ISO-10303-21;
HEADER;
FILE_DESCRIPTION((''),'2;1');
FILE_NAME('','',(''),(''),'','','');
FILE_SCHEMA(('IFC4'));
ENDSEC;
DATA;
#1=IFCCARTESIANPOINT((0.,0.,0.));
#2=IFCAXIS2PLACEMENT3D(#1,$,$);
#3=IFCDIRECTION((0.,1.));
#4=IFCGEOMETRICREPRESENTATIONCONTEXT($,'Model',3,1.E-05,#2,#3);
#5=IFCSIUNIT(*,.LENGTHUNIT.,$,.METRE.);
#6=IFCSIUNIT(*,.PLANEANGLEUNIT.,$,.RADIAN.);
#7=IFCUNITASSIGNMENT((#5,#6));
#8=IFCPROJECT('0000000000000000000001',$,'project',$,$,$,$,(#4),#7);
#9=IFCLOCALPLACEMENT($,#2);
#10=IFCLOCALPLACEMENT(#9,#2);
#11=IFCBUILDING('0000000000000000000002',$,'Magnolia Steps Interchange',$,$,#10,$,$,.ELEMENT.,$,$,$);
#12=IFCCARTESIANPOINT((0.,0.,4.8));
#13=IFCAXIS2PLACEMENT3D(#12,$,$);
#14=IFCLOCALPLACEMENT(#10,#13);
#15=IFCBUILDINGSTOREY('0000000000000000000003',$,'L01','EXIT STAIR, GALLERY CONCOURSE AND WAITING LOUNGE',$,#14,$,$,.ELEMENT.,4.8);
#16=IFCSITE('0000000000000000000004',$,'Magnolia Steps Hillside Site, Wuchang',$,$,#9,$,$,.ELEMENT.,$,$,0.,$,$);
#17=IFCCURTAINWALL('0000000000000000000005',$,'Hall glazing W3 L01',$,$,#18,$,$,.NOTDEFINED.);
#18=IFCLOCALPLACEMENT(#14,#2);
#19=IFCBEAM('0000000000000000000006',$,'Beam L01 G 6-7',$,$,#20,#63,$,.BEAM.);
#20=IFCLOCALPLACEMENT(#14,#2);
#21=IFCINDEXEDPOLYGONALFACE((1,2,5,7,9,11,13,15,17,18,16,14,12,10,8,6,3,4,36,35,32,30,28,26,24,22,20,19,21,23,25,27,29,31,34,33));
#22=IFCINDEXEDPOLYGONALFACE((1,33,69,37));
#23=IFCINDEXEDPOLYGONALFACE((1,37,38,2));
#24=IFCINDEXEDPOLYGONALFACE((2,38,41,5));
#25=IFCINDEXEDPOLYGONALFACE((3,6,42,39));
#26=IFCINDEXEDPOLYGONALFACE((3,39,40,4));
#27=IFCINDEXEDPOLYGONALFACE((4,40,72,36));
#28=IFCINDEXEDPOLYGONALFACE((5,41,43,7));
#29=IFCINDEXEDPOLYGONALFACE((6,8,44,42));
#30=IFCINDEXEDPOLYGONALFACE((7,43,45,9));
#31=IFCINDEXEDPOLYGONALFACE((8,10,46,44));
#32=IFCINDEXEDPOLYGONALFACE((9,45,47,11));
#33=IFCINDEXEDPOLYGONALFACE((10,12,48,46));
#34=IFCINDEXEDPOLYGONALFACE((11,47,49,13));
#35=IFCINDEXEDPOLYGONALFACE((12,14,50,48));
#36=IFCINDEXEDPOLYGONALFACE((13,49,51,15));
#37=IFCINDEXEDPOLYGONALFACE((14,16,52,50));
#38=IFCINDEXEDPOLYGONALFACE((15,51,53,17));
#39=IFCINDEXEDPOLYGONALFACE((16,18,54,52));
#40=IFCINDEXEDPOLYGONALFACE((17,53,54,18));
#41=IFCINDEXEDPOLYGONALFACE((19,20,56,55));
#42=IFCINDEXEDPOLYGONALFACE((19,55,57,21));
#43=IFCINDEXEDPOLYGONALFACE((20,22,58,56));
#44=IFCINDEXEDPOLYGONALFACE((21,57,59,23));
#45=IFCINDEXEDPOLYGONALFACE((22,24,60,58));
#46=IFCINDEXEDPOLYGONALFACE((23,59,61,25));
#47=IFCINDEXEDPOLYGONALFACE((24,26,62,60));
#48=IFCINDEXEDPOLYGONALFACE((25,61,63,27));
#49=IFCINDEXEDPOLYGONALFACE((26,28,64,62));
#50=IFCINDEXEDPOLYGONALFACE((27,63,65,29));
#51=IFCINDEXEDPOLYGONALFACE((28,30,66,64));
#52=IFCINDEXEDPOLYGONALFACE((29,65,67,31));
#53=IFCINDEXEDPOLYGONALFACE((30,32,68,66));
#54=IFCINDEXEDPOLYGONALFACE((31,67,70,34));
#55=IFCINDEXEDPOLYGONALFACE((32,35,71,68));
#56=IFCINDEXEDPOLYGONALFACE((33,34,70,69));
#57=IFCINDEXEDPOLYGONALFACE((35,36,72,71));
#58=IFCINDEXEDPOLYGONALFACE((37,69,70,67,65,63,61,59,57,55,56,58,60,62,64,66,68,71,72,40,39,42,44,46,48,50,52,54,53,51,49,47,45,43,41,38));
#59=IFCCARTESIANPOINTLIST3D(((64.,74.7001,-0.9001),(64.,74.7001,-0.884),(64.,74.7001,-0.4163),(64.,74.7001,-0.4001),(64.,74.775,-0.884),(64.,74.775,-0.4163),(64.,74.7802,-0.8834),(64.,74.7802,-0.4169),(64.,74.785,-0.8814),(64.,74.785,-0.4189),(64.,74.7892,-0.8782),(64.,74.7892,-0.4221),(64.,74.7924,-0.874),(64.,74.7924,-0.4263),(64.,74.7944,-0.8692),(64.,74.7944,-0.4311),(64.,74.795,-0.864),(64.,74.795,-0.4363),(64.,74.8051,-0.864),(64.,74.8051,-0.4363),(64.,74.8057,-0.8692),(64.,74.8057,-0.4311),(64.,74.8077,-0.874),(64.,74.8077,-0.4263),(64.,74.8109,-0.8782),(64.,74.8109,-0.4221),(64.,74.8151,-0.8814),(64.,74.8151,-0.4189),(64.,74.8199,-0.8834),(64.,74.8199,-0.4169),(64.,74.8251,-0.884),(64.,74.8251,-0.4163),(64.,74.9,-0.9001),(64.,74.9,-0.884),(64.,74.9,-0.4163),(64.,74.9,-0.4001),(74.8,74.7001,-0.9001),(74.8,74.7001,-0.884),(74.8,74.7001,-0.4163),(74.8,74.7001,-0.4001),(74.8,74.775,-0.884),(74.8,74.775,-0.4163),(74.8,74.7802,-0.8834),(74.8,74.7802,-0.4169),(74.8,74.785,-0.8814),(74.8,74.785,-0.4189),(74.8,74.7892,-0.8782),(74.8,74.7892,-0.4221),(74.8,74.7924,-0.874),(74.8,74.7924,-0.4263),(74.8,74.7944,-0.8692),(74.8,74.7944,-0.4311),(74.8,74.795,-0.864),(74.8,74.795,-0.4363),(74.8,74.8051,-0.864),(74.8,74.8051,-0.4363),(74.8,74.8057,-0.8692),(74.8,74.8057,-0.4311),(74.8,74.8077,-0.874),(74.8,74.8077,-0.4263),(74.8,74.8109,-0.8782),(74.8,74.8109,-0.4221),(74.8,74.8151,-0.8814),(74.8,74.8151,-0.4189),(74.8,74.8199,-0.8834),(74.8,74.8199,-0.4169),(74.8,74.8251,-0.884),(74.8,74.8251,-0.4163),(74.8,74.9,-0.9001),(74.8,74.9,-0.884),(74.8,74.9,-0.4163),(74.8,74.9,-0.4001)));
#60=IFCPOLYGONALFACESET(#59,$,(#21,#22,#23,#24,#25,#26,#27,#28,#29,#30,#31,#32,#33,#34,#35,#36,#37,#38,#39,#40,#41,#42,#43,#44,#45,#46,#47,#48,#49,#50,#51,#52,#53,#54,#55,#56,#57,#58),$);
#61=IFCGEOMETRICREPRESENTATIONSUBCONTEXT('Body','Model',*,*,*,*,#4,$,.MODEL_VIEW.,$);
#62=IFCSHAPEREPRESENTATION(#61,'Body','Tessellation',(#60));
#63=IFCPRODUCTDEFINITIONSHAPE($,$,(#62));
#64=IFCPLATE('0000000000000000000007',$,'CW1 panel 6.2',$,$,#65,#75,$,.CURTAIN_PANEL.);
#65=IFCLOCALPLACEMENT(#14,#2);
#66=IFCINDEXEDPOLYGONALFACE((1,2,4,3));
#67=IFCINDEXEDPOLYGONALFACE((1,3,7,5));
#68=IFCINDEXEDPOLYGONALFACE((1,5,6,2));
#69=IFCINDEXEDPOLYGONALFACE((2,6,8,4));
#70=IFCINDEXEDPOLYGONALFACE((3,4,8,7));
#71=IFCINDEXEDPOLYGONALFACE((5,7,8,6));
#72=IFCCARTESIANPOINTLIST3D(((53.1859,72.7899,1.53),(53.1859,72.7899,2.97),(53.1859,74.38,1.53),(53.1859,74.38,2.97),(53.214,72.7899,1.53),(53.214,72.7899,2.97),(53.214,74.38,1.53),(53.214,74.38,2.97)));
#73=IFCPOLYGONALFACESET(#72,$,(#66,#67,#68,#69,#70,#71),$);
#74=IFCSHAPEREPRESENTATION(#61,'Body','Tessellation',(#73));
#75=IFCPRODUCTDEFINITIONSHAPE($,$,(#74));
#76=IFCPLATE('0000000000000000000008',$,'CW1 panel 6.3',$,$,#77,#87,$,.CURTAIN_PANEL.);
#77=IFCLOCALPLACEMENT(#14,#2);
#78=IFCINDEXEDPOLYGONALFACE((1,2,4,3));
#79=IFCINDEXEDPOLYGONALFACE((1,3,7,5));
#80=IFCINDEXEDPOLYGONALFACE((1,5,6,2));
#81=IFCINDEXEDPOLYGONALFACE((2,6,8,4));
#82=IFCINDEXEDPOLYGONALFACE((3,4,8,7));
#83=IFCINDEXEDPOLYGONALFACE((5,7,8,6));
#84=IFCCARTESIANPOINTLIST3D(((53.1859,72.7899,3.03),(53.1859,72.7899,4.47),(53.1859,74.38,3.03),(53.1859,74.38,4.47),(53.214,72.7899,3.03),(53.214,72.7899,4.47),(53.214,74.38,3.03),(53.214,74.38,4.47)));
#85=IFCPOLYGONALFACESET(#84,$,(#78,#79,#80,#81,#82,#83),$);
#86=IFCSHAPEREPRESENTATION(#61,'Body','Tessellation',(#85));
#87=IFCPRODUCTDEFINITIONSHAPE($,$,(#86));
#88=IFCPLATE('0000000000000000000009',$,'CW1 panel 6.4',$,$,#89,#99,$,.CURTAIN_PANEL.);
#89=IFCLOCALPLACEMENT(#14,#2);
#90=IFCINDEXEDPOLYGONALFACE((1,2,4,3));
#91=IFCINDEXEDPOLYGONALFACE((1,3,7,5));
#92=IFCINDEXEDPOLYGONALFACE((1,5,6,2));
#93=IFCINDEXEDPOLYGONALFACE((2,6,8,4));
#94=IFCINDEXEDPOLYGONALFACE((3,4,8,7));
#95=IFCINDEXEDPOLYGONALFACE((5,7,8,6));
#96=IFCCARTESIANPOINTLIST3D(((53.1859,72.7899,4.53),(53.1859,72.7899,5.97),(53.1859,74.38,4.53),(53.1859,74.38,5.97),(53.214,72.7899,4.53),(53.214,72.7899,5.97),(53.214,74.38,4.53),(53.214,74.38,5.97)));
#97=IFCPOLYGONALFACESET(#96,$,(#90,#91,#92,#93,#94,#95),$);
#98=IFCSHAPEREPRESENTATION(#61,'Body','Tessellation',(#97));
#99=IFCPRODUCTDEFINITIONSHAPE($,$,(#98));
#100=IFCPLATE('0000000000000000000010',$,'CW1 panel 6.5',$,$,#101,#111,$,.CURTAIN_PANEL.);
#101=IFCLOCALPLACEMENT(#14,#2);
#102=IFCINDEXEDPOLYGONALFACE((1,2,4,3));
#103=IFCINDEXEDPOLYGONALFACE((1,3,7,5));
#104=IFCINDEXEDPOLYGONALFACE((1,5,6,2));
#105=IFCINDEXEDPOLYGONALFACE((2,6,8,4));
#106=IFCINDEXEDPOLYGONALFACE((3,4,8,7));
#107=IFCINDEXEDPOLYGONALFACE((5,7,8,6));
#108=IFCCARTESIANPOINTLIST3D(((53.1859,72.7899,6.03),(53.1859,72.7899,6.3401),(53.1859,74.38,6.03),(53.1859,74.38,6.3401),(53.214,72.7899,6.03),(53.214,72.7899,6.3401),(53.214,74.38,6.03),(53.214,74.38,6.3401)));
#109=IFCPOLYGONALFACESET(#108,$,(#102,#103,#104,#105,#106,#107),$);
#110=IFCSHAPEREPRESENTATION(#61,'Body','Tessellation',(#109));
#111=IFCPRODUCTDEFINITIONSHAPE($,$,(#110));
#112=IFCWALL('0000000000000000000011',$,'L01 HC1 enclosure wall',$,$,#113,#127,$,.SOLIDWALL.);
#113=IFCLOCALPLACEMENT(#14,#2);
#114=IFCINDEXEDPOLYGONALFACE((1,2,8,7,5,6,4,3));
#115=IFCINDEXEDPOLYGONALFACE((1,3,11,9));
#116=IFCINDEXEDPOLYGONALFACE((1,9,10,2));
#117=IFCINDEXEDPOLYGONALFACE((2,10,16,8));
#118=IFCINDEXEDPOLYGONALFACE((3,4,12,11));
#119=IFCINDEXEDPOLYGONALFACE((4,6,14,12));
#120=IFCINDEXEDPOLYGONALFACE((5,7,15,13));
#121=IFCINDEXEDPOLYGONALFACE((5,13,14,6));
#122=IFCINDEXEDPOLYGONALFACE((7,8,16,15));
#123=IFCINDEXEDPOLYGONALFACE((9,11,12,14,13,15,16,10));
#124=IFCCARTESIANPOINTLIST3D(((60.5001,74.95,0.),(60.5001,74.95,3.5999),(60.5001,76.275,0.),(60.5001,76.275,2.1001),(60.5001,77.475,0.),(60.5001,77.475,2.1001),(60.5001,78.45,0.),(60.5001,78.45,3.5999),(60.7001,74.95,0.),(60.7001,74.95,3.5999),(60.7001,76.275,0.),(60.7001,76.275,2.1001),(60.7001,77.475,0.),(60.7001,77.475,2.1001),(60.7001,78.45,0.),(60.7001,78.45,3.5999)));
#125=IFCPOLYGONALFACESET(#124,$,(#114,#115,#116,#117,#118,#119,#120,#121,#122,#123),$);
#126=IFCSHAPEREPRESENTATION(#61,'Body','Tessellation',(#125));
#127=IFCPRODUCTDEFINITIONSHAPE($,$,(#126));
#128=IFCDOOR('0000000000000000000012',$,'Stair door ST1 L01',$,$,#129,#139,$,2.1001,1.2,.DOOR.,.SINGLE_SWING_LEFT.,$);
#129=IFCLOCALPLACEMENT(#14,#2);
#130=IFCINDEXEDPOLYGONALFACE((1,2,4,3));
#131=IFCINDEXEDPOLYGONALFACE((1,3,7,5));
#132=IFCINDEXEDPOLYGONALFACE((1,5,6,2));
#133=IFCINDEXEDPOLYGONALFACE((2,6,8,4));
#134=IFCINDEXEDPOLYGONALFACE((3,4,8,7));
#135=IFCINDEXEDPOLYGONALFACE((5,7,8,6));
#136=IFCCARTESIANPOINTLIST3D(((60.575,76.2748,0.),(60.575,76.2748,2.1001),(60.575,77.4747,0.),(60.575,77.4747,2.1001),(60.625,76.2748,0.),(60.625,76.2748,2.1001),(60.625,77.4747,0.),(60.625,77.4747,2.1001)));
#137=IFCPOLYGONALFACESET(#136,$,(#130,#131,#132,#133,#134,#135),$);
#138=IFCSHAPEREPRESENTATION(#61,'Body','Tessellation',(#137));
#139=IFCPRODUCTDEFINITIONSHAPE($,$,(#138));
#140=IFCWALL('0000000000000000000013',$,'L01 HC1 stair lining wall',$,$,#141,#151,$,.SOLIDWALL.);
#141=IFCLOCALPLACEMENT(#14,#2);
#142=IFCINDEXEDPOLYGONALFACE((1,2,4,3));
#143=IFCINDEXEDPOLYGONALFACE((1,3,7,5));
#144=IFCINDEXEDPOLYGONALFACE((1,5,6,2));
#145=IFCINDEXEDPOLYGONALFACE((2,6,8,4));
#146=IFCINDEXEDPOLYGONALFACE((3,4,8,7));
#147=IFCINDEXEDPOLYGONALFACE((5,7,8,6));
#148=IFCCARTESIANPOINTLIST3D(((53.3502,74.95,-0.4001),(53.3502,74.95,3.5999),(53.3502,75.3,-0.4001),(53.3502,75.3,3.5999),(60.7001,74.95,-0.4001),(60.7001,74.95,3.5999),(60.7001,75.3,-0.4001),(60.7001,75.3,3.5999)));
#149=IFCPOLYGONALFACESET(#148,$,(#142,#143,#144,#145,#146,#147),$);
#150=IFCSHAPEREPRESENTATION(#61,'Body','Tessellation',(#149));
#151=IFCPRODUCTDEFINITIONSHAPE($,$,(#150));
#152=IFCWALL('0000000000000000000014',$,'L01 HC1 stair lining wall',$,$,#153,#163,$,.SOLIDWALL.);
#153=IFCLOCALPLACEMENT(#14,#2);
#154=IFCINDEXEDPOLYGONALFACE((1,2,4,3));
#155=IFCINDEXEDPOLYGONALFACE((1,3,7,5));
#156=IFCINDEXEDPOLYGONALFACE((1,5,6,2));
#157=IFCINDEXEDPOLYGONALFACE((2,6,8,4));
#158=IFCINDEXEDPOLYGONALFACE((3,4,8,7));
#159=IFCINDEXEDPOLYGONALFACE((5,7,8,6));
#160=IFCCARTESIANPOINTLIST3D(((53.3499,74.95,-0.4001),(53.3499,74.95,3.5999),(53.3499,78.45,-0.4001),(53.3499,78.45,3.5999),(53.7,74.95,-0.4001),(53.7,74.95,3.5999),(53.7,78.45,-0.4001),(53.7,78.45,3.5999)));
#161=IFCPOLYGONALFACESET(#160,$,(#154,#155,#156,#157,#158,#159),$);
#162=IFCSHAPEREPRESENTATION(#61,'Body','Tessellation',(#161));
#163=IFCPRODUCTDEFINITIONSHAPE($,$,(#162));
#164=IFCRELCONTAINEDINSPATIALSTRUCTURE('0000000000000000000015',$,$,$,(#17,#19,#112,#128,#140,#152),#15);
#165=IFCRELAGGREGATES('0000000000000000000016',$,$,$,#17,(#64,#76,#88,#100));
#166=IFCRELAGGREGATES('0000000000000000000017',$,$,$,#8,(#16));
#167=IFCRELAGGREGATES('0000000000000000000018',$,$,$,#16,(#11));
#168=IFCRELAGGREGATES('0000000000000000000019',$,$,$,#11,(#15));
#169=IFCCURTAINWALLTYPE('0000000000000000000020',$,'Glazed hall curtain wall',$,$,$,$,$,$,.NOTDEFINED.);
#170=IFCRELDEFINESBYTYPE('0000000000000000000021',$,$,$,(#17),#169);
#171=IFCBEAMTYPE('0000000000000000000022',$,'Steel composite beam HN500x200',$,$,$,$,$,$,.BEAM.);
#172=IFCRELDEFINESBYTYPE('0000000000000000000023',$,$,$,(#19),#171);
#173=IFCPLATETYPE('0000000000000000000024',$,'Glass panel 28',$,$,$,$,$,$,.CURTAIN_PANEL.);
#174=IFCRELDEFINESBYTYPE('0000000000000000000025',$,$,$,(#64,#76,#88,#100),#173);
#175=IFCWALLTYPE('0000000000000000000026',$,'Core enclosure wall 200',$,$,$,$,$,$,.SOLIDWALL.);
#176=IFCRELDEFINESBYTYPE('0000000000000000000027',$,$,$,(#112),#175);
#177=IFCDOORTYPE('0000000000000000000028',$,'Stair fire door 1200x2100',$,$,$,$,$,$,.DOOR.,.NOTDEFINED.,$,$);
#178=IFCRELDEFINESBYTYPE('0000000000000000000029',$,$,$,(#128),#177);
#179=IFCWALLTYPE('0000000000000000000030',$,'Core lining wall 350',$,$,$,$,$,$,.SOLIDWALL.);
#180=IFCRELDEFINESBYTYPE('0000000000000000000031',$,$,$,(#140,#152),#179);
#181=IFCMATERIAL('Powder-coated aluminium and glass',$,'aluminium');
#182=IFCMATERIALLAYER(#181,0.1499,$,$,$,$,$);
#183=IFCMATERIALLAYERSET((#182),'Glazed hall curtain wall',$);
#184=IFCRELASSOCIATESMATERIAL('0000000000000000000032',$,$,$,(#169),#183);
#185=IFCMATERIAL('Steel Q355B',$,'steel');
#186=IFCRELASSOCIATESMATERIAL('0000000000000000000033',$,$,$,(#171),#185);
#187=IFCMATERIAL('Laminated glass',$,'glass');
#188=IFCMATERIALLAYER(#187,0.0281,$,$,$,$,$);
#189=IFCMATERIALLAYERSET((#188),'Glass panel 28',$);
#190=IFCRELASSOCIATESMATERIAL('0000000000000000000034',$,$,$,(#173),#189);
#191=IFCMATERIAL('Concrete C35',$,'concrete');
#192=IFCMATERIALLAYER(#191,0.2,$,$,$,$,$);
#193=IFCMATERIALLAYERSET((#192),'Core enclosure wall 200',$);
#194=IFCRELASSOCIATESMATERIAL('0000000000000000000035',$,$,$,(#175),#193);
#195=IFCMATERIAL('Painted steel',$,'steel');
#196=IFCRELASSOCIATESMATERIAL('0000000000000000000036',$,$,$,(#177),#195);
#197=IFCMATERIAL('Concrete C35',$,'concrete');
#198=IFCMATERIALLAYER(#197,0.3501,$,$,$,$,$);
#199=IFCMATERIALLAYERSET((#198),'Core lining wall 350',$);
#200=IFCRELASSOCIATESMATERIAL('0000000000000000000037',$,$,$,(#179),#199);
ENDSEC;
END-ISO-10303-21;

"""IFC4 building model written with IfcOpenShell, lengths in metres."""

from ifc_helpers import new_model, si_unit, direction, frame, frame_2d, origin, origin_2d, place, context, subcontext, project, spatial, rectangle, i_section, extrude, material, layer, layer_set, material_profile, profile_set, type_object, element, fill, aggregate, save


model = new_model("IFC4")

# Units and contexts
model_context = context("Model", 3, precision=1e-05, world=origin(), true_north=direction((0.0, 1.0)))
body_context = subcontext(model_context, "Body", "Model", "MODEL_VIEW")
ifc_project = project(units=[si_unit("LENGTHUNIT", "METRE"), si_unit("PLANEANGLEUNIT", "RADIAN")], contexts=[model_context])

# Site, building, storey
site_placement = place(None, origin())
site = spatial("IfcSite", under=ifc_project, at=site_placement, Name="Magnolia Steps Hillside Site, Wuchang", CompositionType="ELEMENT", RefElevation=0.0)
building_placement = place(site_placement, origin())
building = spatial("IfcBuilding", under=site, at=building_placement, Name="Magnolia Steps Interchange", CompositionType="ELEMENT")
storey_placement = place(building_placement, frame((0.0, 0.0, 4.8)))
storey = spatial("IfcBuildingStorey", under=building, at=storey_placement, Name="L01", Description="EXIT STAIR, GALLERY CONCOURSE AND WAITING LOUNGE", CompositionType="ELEMENT", Elevation=4.8)

# Curtain wall
ifc_material_1 = material(Name="Powder-coated aluminium and glass", Category="aluminium")
ifc_layer_1 = layer(ifc_material_1, 0.1499)
ifc_layer_set_1 = layer_set([ifc_layer_1], Name="Glazed hall curtain wall")
curtain_wall_type_1 = type_object("IfcCurtainWallType", Name="Glazed hall curtain wall", PredefinedType="NOTDEFINED", material=ifc_layer_set_1)
curtain_wall_1_placement = place(storey_placement, origin())
curtain_wall_1 = element("IfcCurtainWall", 1, at=curtain_wall_1_placement, inside=storey, type_object=curtain_wall_type_1, Name="Hall glazing W3 L01", PredefinedType="NOTDEFINED")

# Beam
ifc_material_2 = material(Name="Steel Q355B", Category="steel")
ifc_material_profile_1 = material_profile(ifc_material_2, i_section(OverallWidth=0.2, OverallDepth=0.5, WebThickness=0.01, FlangeThickness=0.0161, FilletRadius=0.02, at=origin_2d()), Name="HN500x200")
ifc_profile_set_1 = profile_set([ifc_material_profile_1], Name="Steel Q355B")
beam_type = type_object("IfcBeamType", Name="Steel composite beam HN500x200", PredefinedType="BEAM", material=ifc_profile_set_1)
beam_placement = place(storey_placement, frame((64.0, 74.8, -0.6501), z_axis=(1.0, 0.0, 0.0), x_axis=(0.0, 1.0, 0.0)))
element("IfcBeam", 2, at=beam_placement, inside=storey, type_object=beam_type, Name="Beam L01 G 6-7", PredefinedType="BEAM", context=body_context, shape_type="SweptSolid", body=[
    extrude(i_section(OverallWidth=0.2, OverallDepth=0.5, WebThickness=0.01, FlangeThickness=0.0161, FilletRadius=0.02, at=origin_2d()), origin(), (0.0, 0.0, 1.0), 10.8),
])

# Plates
ifc_material_3 = material(Name="Laminated glass", Category="glass")
ifc_layer_2 = layer(ifc_material_3, 0.0281)
ifc_layer_set_2 = layer_set([ifc_layer_2], Name="Glass panel 28")
plate_type = type_object("IfcPlateType", Name="Glass panel 28", PredefinedType="CURTAIN_PANEL", material=ifc_layer_set_2)
plate_1_placement = place(storey_placement, frame((53.2, 73.585, 1.53), z_axis=(0.0, 0.0, 1.0), x_axis=(0.0, 1.0, 0.0)))
plate_1 = element("IfcPlate", 3, at=plate_1_placement, type_object=plate_type, Name="CW1 panel 6.2", PredefinedType="CURTAIN_PANEL", context=body_context, shape_type="SweptSolid", body=[
    extrude(rectangle(XDim=1.5901, YDim=0.0281, at=origin_2d()), origin(), (0.0, 0.0, 1.0), 1.4399),
])
plate_2_placement = place(storey_placement, frame((53.2, 73.585, 3.03), z_axis=(0.0, 0.0, 1.0), x_axis=(0.0, 1.0, 0.0)))
plate_2 = element("IfcPlate", 4, at=plate_2_placement, type_object=plate_type, Name="CW1 panel 6.3", PredefinedType="CURTAIN_PANEL", context=body_context, shape_type="SweptSolid", body=[
    extrude(rectangle(XDim=1.5901, YDim=0.0281, at=origin_2d()), origin(), (0.0, 0.0, 1.0), 1.4399),
])
plate_3_placement = place(storey_placement, frame((53.2, 73.585, 4.53), z_axis=(0.0, 0.0, 1.0), x_axis=(0.0, 1.0, 0.0)))
plate_3 = element("IfcPlate", 5, at=plate_3_placement, type_object=plate_type, Name="CW1 panel 6.4", PredefinedType="CURTAIN_PANEL", context=body_context, shape_type="SweptSolid", body=[
    extrude(rectangle(XDim=1.5901, YDim=0.0281, at=origin_2d()), origin(), (0.0, 0.0, 1.0), 1.4399),
])
plate_4_placement = place(storey_placement, frame((53.2, 73.585, 6.03), z_axis=(0.0, 0.0, 1.0), x_axis=(0.0, 1.0, 0.0)))
plate_4 = element("IfcPlate", 6, at=plate_4_placement, type_object=plate_type, Name="CW1 panel 6.5", PredefinedType="CURTAIN_PANEL", context=body_context, shape_type="SweptSolid", body=[
    extrude(rectangle(XDim=1.5901, YDim=0.0281, at=origin_2d()), origin(), (0.0, 0.0, 1.0), 0.3101),
])
aggregate(curtain_wall_1, [plate_1, plate_2, plate_3, plate_4])

# Wall, opening, door
ifc_material_4 = material(Name="Concrete C35", Category="concrete")
ifc_layer_3 = layer(ifc_material_4, 0.2)
ifc_layer_set_3 = layer_set([ifc_layer_3], Name="Core enclosure wall 200")
wall_type_1 = type_object("IfcWallType", Name="Core enclosure wall 200", PredefinedType="SOLIDWALL", material=ifc_layer_set_3)
wall_1_placement = place(storey_placement, frame((60.6001, 74.95, 0.0), z_axis=(0.0, 0.0, 1.0), x_axis=(0.0, 1.0, 0.0)))
wall_1 = element("IfcWall", 7, at=wall_1_placement, inside=storey, type_object=wall_type_1, Name="L01 HC1 enclosure wall", PredefinedType="SOLIDWALL", context=body_context, shape_type="SweptSolid", body=[
    extrude(rectangle(XDim=3.5, YDim=0.2, at=frame_2d((1.75, 0.0))), origin(), (0.0, 0.0, 1.0), 3.5999),
])
opening_1_placement = place(wall_1_placement, frame((1.325, 0.0, 0.0)))
opening_1 = element("IfcOpeningElement", 8, at=opening_1_placement, cuts=wall_1, PredefinedType="OPENING", context=body_context, shape_type="SweptSolid", body=[
    extrude(rectangle(XDim=1.2, YDim=2.1001, at=frame_2d((0.6001, 1.05))), frame((0.0, 0.1099, 0.0), z_axis=(0.0, -1.0, 0.0), x_axis=(1.0, 0.0, 0.0)), (0.0, 0.0, 1.0), 0.22),
])
ifc_material_5 = material(Name="Painted steel", Category="steel")
door_type_1 = type_object("IfcDoorType", Name="Stair fire door 1200x2100", OperationType="NOTDEFINED", PredefinedType="DOOR", material=ifc_material_5)
door_1_placement = place(opening_1_placement, frame((1.2, 0.0, 0.0), z_axis=(0.0, 0.0, 1.0), x_axis=(-1.0, 0.0, 0.0)))
door_1 = element("IfcDoor", 9, at=door_1_placement, inside=storey, type_object=door_type_1, Name="Stair door ST1 L01", OperationType="SINGLE_SWING_LEFT", OverallHeight=2.1001, OverallWidth=1.2, PredefinedType="DOOR", context=body_context, shape_type="SweptSolid", body=[
    extrude(rectangle(XDim=1.2, YDim=2.1001, at=frame_2d((0.6001, 1.05))), frame((0.0, 0.0249, 0.0), z_axis=(0.0, -1.0, 0.0), x_axis=(1.0, 0.0, 0.0)), (0.0, 0.0, 1.0), 0.05),
])
fill(opening_1, door_1)

# Walls
ifc_material_6 = material(Name="Concrete C35", Category="concrete")
ifc_layer_4 = layer(ifc_material_6, 0.3501)
ifc_layer_set_4 = layer_set([ifc_layer_4], Name="Core lining wall 350")
wall_type_2 = type_object("IfcWallType", Name="Core lining wall 350", PredefinedType="SOLIDWALL", material=ifc_layer_set_4)
wall_2_placement = place(storey_placement, frame((60.7, 75.125, -0.4001), z_axis=(0.0, 0.0, 1.0), x_axis=(-1.0, 0.0, 0.0)))
element("IfcWall", 10, at=wall_2_placement, inside=storey, type_object=wall_type_2, Name="L01 HC1 stair lining wall", PredefinedType="SOLIDWALL", context=body_context, shape_type="SweptSolid", body=[
    extrude(rectangle(XDim=7.3499, YDim=0.3501, at=frame_2d((3.6748, 0.0))), origin(), (0.0, 0.0, 1.0), 4.0),
])
wall_3_placement = place(storey_placement, frame((53.5249, 74.95, -0.4001), z_axis=(0.0, 0.0, 1.0), x_axis=(0.0, 1.0, 0.0)))
element("IfcWall", 11, at=wall_3_placement, inside=storey, type_object=wall_type_2, Name="L01 HC1 stair lining wall", PredefinedType="SOLIDWALL", context=body_context, shape_type="SweptSolid", body=[
    extrude(rectangle(XDim=3.5, YDim=0.3501, at=frame_2d((1.75, 0.0))), origin(), (0.0, 0.0, 1.0), 4.0),
])

save(model, "model.ifc")
